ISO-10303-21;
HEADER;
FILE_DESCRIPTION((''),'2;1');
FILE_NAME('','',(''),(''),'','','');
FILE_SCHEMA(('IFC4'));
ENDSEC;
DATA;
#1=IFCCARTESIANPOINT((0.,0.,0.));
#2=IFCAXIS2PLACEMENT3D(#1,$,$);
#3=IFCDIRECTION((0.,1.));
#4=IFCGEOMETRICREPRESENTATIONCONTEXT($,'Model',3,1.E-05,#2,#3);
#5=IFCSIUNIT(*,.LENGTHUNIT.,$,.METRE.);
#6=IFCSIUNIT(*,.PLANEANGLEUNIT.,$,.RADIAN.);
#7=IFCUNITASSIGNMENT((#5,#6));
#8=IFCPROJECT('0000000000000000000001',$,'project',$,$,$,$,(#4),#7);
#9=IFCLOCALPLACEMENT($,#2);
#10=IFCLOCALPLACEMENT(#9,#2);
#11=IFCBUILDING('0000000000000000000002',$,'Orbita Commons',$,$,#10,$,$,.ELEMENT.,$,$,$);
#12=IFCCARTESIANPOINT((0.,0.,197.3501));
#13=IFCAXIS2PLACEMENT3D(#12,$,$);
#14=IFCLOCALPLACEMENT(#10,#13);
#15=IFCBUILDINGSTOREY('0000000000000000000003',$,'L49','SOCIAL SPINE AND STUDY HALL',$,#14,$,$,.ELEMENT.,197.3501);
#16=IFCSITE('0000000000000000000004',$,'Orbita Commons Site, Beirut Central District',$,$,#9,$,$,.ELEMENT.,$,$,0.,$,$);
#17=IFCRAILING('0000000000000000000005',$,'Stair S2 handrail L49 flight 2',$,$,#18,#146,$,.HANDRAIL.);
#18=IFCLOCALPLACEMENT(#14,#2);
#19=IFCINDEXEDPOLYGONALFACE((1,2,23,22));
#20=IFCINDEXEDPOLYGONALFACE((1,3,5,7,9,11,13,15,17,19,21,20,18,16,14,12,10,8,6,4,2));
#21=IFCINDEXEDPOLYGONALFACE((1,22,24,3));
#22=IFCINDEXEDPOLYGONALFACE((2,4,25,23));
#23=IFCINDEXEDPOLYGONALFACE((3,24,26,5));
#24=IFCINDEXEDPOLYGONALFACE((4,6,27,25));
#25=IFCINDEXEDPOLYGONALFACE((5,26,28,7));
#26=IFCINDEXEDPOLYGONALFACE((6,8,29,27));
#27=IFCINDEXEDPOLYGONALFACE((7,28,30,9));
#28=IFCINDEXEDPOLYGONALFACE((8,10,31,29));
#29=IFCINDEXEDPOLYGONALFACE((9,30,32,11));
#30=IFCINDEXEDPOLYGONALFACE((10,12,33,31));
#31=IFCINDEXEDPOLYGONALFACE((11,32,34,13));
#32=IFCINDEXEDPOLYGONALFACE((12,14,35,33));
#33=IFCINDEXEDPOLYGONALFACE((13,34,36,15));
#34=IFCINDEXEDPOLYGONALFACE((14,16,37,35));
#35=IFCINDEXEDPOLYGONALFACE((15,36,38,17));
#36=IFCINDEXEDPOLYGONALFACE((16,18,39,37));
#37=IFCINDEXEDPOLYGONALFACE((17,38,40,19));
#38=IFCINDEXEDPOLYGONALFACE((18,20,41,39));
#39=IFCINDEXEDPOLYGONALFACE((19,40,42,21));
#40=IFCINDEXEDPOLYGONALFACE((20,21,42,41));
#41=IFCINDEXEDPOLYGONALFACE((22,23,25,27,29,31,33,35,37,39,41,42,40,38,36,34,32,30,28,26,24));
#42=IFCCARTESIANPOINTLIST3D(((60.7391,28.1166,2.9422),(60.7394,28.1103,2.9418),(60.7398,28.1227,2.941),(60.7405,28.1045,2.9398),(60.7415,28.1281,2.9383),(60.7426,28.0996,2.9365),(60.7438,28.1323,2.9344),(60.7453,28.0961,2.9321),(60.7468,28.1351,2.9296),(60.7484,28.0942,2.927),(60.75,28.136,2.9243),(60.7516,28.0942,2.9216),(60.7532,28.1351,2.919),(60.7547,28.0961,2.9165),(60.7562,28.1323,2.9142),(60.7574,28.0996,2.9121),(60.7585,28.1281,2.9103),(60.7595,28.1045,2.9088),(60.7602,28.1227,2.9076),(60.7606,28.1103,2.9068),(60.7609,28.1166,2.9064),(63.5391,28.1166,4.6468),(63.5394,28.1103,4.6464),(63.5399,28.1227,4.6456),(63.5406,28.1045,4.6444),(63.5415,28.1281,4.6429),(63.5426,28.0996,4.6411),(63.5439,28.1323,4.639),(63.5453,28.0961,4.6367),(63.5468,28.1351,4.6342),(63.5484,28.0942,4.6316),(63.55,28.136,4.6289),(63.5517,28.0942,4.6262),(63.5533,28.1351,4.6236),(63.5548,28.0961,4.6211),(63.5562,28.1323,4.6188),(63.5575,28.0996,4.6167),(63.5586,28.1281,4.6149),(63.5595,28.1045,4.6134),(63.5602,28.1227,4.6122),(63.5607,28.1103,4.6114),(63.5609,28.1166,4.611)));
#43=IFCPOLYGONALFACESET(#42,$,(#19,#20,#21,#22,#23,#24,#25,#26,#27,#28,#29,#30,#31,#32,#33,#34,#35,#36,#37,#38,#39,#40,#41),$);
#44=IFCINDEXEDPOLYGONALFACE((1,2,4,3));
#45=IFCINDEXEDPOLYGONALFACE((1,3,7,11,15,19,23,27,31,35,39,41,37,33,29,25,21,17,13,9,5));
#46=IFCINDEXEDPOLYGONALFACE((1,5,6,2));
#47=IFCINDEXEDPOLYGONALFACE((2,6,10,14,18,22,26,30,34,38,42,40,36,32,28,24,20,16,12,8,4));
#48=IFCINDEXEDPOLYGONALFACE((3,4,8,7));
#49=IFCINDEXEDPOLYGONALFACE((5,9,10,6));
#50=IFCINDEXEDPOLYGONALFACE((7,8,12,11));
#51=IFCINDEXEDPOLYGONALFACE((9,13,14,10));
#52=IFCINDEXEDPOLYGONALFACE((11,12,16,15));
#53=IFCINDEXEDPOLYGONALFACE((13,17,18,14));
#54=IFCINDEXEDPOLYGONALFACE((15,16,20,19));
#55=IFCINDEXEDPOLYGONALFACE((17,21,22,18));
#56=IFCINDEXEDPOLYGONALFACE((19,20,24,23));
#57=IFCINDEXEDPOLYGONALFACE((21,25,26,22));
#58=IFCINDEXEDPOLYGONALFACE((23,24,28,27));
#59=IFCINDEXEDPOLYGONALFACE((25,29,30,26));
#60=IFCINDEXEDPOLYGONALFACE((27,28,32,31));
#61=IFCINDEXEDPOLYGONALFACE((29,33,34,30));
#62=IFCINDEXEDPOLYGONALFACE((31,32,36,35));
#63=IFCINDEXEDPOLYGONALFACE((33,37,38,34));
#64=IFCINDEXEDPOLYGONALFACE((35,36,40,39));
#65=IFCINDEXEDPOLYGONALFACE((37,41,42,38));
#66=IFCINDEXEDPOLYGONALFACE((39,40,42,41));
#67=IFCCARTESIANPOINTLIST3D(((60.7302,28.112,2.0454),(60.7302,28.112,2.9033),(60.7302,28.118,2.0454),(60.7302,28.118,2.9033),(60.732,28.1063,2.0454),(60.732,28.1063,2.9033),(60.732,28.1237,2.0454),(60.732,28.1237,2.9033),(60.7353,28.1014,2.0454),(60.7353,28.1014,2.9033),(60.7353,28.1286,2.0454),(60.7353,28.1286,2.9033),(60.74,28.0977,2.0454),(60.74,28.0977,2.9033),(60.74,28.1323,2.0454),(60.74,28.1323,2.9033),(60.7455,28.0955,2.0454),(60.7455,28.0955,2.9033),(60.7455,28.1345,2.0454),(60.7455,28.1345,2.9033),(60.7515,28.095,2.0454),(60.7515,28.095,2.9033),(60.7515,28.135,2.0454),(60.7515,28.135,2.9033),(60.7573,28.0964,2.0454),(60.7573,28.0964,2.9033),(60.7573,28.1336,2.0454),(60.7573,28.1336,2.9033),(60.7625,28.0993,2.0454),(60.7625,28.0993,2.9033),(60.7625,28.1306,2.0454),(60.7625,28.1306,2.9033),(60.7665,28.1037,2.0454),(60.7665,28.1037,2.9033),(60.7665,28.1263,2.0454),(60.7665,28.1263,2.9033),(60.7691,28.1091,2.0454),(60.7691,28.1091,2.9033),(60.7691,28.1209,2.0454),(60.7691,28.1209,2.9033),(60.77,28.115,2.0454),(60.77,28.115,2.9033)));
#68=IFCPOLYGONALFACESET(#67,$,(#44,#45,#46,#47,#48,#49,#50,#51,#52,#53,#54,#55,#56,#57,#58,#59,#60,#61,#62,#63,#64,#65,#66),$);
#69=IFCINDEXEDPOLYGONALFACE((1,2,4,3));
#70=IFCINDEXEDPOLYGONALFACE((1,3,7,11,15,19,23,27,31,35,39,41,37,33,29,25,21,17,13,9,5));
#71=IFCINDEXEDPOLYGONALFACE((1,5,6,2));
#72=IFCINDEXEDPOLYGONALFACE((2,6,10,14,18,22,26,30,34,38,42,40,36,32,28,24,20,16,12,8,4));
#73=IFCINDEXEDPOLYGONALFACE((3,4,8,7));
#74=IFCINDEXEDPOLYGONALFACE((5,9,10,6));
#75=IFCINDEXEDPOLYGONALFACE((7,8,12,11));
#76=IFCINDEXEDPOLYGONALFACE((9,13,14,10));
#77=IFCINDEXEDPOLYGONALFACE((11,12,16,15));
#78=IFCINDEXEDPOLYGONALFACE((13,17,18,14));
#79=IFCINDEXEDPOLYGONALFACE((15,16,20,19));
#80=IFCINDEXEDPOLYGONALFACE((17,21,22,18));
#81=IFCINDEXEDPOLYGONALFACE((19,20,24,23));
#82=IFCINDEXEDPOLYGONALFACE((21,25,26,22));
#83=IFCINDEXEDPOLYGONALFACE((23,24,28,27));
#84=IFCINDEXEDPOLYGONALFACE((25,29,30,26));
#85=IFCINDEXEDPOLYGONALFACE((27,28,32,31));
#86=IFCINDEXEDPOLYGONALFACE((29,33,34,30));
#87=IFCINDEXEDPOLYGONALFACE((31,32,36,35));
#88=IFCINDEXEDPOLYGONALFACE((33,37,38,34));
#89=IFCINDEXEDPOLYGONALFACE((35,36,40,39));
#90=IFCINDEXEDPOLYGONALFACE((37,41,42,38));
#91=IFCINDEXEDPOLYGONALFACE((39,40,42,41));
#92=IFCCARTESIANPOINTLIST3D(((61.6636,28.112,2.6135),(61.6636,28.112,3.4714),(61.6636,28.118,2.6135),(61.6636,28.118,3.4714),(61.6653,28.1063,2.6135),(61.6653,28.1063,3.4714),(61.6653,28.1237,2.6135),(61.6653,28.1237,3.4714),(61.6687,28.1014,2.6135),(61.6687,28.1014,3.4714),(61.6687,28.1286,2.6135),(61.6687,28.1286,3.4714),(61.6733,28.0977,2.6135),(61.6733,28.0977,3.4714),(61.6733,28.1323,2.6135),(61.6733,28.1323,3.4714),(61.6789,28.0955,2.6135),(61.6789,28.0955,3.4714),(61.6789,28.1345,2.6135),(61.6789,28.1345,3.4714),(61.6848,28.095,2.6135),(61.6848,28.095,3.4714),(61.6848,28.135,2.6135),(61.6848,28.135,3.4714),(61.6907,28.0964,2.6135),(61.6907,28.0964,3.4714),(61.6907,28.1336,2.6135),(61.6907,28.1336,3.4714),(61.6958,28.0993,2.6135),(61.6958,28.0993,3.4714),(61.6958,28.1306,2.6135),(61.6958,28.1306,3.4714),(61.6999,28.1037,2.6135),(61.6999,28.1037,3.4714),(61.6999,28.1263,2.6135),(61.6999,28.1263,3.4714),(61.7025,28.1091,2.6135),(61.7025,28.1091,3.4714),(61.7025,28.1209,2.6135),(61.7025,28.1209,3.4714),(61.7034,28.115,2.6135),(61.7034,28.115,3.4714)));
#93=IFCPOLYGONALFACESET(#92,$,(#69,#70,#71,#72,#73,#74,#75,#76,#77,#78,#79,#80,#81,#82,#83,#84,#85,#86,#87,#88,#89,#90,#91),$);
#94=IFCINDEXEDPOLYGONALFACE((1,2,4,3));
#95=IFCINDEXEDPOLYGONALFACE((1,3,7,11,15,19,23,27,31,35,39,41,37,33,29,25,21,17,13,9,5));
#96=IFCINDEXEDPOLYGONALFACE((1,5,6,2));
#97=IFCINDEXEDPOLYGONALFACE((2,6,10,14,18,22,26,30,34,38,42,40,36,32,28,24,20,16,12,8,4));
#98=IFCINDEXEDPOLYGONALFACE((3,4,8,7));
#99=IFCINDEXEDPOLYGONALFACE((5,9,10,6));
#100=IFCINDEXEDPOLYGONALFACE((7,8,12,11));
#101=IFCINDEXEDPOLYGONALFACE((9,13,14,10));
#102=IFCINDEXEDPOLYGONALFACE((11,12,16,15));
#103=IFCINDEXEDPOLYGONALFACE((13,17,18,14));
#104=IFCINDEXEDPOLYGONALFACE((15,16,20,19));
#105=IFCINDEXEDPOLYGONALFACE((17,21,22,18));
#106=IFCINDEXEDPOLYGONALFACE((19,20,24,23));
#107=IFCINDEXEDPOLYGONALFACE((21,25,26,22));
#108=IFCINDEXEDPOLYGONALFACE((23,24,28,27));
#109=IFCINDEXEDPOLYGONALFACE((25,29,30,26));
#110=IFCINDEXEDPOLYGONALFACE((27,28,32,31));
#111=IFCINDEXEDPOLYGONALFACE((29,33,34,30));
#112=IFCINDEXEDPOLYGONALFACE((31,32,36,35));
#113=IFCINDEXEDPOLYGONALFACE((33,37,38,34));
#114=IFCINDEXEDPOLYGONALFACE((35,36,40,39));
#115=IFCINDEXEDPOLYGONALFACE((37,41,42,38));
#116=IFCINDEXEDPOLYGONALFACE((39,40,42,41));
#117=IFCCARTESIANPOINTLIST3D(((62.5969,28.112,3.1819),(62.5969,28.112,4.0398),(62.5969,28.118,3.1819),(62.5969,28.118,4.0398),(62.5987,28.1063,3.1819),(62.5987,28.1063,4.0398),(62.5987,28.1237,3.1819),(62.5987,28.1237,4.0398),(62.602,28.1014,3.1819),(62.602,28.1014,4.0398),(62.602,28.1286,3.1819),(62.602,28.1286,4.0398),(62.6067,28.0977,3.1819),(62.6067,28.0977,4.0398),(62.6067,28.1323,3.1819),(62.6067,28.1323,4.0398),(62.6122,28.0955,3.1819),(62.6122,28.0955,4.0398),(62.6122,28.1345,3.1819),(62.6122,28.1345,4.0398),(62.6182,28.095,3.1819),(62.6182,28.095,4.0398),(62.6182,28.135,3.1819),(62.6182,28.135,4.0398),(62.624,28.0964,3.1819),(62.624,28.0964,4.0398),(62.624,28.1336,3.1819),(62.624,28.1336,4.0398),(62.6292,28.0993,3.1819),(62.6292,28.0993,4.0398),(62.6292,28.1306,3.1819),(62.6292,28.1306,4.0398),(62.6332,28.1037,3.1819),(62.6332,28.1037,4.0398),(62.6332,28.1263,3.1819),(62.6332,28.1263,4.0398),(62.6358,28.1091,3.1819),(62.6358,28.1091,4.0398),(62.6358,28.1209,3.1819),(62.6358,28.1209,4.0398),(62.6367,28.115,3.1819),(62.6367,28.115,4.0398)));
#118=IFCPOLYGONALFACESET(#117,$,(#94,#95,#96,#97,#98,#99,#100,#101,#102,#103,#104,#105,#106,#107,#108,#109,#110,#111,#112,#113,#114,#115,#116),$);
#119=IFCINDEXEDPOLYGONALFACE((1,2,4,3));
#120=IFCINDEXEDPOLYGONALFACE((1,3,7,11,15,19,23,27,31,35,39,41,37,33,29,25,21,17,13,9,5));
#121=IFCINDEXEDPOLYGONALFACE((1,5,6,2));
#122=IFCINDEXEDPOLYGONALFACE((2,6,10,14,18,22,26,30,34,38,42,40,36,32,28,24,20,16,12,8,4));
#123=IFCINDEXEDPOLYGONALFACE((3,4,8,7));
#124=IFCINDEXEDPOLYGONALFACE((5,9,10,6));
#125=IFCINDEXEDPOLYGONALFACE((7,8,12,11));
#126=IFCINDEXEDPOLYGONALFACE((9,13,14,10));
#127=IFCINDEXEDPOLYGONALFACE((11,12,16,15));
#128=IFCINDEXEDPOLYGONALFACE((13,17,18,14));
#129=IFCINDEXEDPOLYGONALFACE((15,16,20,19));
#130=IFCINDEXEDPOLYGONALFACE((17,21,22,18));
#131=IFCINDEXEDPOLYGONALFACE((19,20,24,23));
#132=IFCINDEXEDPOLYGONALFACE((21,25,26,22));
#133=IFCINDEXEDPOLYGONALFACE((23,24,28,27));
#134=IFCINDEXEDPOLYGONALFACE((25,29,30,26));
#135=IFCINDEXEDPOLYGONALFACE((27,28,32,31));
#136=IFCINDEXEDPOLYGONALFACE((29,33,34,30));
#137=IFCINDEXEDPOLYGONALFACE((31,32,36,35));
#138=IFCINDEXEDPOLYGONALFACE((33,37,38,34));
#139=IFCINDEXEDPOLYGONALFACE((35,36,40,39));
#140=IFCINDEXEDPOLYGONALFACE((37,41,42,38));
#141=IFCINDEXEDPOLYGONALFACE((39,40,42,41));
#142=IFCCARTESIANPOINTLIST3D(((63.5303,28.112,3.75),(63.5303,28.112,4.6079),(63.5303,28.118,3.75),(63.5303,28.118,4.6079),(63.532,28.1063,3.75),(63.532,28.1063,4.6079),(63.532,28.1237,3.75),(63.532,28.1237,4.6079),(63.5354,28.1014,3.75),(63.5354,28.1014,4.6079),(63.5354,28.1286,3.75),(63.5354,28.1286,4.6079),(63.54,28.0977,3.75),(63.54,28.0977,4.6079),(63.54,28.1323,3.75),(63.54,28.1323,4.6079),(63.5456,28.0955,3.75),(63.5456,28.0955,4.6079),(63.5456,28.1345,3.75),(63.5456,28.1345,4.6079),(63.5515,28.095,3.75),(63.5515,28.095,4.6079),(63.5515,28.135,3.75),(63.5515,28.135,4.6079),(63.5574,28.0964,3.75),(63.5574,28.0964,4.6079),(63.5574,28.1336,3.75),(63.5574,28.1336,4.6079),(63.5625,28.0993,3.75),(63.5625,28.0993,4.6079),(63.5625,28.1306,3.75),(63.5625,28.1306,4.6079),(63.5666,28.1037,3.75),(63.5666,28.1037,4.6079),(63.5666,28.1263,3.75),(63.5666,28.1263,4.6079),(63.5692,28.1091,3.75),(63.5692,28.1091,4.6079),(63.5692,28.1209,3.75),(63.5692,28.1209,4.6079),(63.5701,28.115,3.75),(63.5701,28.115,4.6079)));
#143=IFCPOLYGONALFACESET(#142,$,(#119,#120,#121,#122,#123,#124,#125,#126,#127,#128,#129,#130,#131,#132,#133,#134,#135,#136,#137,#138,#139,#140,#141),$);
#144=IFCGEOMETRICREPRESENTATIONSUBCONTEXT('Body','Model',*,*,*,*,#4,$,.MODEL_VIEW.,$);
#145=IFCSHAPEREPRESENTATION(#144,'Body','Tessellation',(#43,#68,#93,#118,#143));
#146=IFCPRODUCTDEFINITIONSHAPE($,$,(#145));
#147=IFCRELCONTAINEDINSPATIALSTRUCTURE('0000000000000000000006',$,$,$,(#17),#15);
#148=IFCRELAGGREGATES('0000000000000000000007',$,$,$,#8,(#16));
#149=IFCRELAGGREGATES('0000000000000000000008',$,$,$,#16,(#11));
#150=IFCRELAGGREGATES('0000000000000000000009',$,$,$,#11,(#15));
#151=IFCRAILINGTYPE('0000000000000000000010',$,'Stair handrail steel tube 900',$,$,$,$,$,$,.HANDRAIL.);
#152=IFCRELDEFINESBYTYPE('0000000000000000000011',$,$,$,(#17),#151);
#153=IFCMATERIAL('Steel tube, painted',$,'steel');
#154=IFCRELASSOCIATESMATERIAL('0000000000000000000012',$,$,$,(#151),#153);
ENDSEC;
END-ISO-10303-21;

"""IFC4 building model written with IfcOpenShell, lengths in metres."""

from ifc_helpers import new_model, si_unit, direction, frame, origin, origin_2d, place, context, subcontext, project, spatial, circle, extrude, material, type_object, element, save


model = new_model("IFC4")

# Units and contexts
model_context = context("Model", 3, precision=1e-05, world=origin(), true_north=direction((0.0, 1.0)))
body_context = subcontext(model_context, "Body", "Model", "MODEL_VIEW")
ifc_project = project(units=[si_unit("LENGTHUNIT", "METRE"), si_unit("PLANEANGLEUNIT", "RADIAN")], contexts=[model_context])

# Site, building, storey
site_placement = place(None, origin())
site = spatial("IfcSite", under=ifc_project, at=site_placement, Name="Orbita Commons Site, Beirut Central District", CompositionType="ELEMENT", RefElevation=0.0)
building_placement = place(site_placement, origin())
building = spatial("IfcBuilding", under=site, at=building_placement, Name="Orbita Commons", CompositionType="ELEMENT")
storey_placement = place(building_placement, frame((0.0, 0.0, 197.3501)))
storey = spatial("IfcBuildingStorey", under=building, at=storey_placement, Name="L49", Description="SOCIAL SPINE AND STUDY HALL", CompositionType="ELEMENT", Elevation=197.3501)

# Railing
ifc_material_1 = material(Name="Steel tube, painted", Category="steel")
railing_type = type_object("IfcRailingType", Name="Stair handrail steel tube 900", PredefinedType="HANDRAIL", material=ifc_material_1)
for number, where, name in (
    (1, (60.75, 28.115, 2.0454), "Stair S2 handrail L49 flight 2"),
):
    element("IfcRailing", number, at=place(storey_placement, frame(where)), inside=storey, type_object=railing_type, Name=name, PredefinedType="HANDRAIL", context=body_context, shape_type="SweptSolid", body=[
        extrude(circle(Radius=0.021, at=origin_2d()), frame((0.0, 0.0, 0.8789), z_axis=(0.85417, 0.0, 0.519994), x_axis=(0.0, 1.0, 0.0)), (0.0, 0.0, 1.0), 3.2781),
        extrude(circle(Radius=0.02, at=origin_2d()), origin(), (0.0, 0.0, 1.0), 0.8579),
        extrude(circle(Radius=0.02, at=origin_2d()), frame((0.9333, 0.0, 0.5681)), (0.0, 0.0, 1.0), 0.8579),
        extrude(circle(Radius=0.02, at=origin_2d()), frame((1.8667, 0.0, 1.1365)), (0.0, 0.0, 1.0), 0.8579),
        extrude(circle(Radius=0.02, at=origin_2d()), frame((2.8, 0.0, 1.7046)), (0.0, 0.0, 1.0), 0.8579),
    ])

save(model, "model.ifc")
